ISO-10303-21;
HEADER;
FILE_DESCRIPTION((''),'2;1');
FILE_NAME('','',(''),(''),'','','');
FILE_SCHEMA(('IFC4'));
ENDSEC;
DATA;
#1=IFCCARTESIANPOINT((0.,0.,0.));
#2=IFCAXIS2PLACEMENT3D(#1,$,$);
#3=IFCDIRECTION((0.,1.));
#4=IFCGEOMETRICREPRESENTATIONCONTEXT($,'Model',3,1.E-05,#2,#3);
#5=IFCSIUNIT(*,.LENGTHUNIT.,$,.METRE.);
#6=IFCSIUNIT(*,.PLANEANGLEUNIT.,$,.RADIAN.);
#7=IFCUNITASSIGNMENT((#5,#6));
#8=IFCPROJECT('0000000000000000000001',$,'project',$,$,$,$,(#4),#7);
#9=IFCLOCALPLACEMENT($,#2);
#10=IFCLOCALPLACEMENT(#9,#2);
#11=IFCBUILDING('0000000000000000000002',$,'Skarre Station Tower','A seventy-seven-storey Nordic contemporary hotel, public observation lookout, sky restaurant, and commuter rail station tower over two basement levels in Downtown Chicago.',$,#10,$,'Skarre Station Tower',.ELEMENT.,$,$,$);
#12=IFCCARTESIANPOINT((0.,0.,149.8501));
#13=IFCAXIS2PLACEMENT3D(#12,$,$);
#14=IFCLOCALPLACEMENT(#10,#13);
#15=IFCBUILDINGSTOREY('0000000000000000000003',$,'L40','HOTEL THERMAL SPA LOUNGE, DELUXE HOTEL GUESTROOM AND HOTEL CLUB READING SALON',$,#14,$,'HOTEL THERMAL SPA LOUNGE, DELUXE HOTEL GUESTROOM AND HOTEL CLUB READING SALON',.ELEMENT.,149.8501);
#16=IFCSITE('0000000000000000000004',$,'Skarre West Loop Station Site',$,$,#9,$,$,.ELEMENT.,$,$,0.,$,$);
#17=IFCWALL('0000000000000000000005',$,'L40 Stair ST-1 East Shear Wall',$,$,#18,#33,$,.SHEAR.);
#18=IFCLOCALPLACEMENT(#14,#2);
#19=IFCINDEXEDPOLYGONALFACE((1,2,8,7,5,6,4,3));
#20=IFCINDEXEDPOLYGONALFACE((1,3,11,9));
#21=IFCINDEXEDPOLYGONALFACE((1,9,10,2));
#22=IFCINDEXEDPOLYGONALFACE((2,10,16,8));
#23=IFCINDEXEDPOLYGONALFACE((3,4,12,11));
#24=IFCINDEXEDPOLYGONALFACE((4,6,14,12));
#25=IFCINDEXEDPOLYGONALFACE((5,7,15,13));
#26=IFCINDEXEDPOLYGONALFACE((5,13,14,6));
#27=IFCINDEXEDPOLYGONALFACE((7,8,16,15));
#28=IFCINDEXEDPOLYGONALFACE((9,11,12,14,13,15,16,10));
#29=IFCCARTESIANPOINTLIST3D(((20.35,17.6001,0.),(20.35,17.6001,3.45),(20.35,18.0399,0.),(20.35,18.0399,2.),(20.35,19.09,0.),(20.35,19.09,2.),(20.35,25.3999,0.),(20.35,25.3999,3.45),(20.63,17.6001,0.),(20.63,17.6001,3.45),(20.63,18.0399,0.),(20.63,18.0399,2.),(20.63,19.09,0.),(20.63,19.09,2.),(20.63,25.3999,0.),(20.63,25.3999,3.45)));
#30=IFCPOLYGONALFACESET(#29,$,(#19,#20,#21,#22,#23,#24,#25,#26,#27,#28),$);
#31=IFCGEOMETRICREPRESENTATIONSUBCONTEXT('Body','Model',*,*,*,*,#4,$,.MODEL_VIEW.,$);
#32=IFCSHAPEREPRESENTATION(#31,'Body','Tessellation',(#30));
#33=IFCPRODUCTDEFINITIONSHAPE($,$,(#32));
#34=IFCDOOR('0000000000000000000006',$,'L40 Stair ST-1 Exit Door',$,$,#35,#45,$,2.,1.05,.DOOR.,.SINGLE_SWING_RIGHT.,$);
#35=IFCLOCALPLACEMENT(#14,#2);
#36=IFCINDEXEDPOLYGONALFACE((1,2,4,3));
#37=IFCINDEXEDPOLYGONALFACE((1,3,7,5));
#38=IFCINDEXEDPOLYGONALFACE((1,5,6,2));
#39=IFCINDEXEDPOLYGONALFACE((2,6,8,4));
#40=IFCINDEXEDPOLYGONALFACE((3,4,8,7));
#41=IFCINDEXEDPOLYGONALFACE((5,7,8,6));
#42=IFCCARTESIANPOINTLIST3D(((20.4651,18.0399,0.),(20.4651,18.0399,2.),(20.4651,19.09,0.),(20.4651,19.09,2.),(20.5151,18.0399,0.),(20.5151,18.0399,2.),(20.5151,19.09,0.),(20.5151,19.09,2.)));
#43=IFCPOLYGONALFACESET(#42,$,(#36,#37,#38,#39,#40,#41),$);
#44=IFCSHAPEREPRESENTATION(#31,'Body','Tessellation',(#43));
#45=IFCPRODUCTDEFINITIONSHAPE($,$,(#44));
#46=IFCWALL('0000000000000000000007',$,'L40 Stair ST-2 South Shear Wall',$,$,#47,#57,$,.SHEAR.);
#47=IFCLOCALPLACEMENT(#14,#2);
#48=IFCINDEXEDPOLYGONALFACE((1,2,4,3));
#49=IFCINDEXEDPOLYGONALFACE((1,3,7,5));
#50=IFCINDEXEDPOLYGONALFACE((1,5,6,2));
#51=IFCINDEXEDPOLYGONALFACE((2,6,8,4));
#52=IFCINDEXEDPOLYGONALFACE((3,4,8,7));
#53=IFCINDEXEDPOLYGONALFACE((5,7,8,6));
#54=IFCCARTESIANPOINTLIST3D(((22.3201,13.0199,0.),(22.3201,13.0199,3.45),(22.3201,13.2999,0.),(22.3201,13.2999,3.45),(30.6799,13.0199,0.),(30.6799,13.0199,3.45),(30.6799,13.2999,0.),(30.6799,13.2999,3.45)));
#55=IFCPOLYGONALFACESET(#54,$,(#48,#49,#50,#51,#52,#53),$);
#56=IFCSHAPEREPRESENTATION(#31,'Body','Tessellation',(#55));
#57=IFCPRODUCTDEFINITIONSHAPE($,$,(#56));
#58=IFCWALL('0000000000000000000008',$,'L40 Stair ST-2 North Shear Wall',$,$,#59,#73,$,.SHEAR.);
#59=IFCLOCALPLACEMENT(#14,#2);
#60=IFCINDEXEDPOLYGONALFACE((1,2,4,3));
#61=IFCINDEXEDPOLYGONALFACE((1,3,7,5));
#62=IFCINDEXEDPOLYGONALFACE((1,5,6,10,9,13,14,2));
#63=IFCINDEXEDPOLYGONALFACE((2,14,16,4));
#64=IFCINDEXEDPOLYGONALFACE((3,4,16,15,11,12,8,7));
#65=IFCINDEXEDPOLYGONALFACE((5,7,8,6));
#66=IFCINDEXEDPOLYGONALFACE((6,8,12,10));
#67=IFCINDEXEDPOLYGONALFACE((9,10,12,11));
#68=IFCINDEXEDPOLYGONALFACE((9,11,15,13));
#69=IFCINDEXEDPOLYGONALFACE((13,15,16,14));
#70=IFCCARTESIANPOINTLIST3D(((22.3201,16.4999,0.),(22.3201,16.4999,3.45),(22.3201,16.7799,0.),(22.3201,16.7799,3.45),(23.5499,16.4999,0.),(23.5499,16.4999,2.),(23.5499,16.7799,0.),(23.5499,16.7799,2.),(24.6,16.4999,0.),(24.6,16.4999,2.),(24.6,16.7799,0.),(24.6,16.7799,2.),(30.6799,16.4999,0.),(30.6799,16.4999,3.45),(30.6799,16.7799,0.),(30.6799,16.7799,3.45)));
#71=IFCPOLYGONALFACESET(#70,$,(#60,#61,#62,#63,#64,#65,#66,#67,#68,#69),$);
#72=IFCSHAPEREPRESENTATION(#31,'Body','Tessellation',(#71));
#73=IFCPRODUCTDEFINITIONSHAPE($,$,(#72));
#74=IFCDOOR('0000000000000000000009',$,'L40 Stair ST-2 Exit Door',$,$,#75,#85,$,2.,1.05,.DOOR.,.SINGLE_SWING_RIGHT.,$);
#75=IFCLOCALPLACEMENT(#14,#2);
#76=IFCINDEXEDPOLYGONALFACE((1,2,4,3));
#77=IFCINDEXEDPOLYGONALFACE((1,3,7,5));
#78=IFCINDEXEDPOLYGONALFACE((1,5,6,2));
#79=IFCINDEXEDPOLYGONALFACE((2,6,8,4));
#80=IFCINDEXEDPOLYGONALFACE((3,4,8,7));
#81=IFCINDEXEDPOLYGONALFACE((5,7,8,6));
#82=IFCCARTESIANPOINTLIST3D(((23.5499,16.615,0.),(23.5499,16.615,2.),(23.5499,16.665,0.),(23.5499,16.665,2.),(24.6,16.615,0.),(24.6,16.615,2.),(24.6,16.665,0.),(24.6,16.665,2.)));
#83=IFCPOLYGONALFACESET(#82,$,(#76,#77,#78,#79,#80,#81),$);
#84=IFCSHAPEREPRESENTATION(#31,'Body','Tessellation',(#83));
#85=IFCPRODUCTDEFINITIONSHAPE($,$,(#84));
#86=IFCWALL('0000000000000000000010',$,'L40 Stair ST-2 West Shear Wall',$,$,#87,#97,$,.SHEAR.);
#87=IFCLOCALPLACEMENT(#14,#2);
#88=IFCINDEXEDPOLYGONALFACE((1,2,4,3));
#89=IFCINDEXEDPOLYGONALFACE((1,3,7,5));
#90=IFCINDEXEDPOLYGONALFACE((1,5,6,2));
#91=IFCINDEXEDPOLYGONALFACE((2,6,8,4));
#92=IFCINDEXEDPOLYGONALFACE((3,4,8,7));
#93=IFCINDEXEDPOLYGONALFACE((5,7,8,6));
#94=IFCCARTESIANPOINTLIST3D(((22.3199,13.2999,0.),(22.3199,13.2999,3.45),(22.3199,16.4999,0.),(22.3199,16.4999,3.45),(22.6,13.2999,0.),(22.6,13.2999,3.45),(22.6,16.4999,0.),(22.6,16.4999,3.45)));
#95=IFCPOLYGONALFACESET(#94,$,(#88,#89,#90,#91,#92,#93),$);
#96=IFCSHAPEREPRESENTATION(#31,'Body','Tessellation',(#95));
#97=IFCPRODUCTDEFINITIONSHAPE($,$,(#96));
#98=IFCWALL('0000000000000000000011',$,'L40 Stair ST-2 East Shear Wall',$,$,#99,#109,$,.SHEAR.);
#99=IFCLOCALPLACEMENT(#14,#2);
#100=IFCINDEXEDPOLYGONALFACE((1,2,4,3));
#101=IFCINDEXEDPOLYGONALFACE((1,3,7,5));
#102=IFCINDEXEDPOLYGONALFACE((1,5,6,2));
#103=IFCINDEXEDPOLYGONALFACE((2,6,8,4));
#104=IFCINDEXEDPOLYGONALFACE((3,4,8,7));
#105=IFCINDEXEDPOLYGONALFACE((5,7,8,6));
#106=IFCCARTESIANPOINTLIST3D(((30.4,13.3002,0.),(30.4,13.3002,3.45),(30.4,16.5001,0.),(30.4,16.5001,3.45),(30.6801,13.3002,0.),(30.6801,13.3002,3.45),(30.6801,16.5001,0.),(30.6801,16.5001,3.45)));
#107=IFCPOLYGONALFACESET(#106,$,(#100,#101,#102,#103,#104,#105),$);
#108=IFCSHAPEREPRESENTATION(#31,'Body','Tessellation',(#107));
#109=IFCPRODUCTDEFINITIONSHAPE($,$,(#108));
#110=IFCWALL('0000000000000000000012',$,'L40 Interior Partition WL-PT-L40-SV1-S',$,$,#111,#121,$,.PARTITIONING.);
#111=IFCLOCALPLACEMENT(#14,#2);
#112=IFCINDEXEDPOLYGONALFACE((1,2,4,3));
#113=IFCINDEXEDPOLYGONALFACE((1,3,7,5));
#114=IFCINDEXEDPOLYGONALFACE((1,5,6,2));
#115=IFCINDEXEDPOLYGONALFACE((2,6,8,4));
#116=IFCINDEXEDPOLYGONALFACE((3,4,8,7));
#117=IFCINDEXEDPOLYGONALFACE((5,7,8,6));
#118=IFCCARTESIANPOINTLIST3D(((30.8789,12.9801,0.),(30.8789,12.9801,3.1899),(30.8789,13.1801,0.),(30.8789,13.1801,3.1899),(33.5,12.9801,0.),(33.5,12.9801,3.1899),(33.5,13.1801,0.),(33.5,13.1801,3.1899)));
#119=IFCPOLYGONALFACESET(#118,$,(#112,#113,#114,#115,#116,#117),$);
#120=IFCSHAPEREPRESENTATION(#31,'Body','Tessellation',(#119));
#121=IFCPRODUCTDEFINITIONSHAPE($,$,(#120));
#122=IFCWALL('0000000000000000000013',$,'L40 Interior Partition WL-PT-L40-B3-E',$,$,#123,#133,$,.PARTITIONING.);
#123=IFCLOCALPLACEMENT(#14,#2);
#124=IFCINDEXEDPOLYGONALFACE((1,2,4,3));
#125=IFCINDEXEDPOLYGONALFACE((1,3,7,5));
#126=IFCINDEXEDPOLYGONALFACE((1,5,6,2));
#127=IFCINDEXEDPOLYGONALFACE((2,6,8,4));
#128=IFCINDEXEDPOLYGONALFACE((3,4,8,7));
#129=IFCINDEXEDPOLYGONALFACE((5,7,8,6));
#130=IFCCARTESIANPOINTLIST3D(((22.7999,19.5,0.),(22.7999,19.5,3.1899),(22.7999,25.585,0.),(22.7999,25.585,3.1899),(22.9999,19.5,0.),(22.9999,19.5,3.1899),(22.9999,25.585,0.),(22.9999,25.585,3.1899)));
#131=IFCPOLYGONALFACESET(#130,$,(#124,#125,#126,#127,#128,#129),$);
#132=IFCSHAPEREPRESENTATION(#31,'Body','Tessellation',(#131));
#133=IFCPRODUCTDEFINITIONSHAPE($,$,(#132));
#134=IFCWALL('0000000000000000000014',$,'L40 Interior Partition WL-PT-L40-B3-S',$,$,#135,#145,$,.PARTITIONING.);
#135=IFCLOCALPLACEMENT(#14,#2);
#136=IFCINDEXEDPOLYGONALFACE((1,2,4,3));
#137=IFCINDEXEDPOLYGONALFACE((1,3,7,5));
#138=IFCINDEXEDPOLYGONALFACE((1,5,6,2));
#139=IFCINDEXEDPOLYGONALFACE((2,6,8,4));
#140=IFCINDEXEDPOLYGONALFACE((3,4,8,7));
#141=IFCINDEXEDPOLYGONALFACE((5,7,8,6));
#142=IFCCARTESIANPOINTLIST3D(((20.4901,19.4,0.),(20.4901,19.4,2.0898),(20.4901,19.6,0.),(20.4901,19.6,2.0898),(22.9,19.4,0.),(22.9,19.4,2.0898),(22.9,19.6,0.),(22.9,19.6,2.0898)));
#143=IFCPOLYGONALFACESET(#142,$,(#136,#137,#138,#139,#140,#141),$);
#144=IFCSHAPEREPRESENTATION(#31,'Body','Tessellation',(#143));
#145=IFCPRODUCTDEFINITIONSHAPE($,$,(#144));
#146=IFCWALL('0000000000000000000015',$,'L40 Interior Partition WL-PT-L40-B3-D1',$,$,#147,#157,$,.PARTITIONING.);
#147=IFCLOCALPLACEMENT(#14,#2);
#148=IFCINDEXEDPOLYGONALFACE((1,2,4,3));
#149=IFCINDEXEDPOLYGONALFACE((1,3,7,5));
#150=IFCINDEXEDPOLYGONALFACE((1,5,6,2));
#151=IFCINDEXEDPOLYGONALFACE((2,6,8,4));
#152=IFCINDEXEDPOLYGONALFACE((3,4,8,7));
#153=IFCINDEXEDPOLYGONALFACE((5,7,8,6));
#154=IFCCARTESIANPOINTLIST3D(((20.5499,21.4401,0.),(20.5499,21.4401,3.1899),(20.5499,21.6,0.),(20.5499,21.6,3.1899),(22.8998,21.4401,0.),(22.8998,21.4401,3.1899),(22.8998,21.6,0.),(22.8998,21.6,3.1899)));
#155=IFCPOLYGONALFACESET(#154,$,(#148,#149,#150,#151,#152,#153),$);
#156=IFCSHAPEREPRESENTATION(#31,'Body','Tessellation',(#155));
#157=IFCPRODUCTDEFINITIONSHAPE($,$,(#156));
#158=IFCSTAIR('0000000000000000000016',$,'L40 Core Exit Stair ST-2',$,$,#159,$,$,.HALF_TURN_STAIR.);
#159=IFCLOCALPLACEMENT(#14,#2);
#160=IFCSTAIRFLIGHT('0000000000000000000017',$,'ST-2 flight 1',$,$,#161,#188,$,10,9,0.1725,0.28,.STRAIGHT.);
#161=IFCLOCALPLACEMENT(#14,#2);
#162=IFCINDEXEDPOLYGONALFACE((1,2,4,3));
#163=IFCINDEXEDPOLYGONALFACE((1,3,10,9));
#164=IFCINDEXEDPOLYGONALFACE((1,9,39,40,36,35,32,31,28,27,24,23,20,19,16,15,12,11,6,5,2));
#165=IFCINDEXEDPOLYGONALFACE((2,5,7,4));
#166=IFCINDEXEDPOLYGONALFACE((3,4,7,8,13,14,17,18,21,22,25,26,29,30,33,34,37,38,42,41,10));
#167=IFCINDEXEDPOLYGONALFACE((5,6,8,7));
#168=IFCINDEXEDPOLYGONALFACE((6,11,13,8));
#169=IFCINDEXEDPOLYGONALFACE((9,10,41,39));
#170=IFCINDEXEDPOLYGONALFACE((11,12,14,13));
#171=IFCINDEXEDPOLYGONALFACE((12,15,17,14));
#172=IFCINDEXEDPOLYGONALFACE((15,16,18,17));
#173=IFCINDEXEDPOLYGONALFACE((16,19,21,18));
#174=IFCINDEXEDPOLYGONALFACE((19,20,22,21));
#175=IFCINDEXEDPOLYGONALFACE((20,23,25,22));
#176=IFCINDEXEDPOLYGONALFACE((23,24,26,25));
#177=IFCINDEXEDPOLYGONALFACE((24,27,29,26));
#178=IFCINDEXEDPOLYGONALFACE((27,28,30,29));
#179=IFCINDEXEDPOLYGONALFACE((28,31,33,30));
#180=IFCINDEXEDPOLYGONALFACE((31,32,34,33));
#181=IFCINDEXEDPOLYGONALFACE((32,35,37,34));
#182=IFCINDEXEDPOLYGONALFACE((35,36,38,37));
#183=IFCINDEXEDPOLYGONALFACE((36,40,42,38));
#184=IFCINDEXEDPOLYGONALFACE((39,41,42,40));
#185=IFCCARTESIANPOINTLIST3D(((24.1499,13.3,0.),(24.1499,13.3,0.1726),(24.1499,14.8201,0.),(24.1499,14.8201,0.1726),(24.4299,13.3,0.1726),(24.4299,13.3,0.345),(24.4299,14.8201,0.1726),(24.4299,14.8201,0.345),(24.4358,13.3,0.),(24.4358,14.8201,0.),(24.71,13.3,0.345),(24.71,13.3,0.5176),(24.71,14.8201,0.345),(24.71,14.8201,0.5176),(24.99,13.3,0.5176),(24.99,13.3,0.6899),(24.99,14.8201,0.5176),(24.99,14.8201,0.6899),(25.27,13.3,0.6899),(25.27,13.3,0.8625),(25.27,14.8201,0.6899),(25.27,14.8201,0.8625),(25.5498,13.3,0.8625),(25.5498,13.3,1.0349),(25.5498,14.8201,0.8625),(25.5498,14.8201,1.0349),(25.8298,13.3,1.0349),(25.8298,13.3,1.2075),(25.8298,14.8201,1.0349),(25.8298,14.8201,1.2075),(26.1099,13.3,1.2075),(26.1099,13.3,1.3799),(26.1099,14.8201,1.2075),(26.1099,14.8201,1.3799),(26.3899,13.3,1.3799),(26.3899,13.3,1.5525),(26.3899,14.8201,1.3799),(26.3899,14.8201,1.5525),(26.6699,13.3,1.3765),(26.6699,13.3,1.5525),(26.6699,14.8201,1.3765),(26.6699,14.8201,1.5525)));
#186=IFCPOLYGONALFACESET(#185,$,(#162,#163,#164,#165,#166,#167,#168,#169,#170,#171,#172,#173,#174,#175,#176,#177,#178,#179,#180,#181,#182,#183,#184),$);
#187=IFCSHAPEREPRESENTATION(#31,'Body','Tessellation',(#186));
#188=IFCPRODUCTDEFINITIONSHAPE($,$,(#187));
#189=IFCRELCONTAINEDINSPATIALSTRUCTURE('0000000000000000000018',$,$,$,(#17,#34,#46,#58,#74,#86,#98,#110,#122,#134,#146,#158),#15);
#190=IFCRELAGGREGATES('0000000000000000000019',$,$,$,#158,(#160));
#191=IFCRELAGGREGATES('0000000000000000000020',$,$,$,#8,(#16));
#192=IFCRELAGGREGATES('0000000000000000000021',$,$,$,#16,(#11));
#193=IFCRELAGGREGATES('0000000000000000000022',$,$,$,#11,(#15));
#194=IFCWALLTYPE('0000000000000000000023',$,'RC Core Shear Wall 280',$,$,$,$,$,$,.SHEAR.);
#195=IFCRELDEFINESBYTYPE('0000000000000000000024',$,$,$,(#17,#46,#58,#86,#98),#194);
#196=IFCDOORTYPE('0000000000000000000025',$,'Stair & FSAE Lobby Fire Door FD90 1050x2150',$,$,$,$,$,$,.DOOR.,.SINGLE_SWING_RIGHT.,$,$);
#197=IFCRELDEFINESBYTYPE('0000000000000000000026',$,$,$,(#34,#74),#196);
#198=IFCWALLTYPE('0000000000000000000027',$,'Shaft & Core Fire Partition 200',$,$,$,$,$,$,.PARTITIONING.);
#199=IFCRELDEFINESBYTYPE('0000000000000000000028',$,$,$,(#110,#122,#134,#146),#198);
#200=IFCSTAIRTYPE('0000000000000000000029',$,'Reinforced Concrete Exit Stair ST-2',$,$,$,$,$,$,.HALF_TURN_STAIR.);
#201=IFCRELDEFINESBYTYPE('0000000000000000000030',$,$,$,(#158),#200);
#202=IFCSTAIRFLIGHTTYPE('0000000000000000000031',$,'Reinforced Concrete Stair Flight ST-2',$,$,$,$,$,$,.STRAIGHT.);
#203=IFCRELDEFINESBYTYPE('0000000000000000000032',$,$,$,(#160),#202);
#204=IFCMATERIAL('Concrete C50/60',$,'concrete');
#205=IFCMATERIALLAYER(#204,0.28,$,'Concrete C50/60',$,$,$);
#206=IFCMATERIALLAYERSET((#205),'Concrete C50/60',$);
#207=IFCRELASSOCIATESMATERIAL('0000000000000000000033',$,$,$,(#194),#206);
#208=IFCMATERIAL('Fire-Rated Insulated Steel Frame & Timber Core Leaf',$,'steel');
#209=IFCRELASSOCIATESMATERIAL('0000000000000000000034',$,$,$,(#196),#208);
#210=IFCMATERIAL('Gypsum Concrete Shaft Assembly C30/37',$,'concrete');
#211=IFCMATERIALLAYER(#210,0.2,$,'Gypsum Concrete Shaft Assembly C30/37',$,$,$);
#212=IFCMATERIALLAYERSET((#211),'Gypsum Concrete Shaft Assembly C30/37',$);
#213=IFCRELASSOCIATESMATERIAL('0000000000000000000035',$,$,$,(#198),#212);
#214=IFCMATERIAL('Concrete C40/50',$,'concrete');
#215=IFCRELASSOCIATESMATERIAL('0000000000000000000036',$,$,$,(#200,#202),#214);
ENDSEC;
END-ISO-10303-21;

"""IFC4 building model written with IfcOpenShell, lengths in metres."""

from ifc_helpers import new_model, si_unit, direction, frame, frame_2d, origin, place, context, subcontext, project, spatial, polyline, rectangle, outline, extrude, material, layer, layer_set, type_object, element, fill, aggregate, save


model = new_model("IFC4")

# Units and contexts
model_context = context("Model", 3, precision=1e-05, world=origin(), true_north=direction((0.0, 1.0)))
body_context = subcontext(model_context, "Body", "Model", "MODEL_VIEW")
ifc_project = project(units=[si_unit("LENGTHUNIT", "METRE"), si_unit("PLANEANGLEUNIT", "RADIAN")], contexts=[model_context])

# Site, building, storey
site_placement = place(None, origin())
site = spatial("IfcSite", under=ifc_project, at=site_placement, Name="Skarre West Loop Station Site", CompositionType="ELEMENT", RefElevation=0.0)
building_placement = place(site_placement, origin())
building = spatial("IfcBuilding", under=site, at=building_placement, Name="Skarre Station Tower", Description="A seventy-seven-storey Nordic contemporary hotel, public observation lookout, sky restaurant, and commuter rail station tower over two basement levels in Downtown Chicago.", LongName="Skarre Station Tower", CompositionType="ELEMENT")
storey_placement = place(building_placement, frame((0.0, 0.0, 149.8501)))
storey = spatial("IfcBuildingStorey", under=building, at=storey_placement, Name="L40", Description="HOTEL THERMAL SPA LOUNGE, DELUXE HOTEL GUESTROOM AND HOTEL CLUB READING SALON", LongName="HOTEL THERMAL SPA LOUNGE, DELUXE HOTEL GUESTROOM AND HOTEL CLUB READING SALON", CompositionType="ELEMENT", Elevation=149.8501)

# Wall, opening, door
ifc_material_1 = material(Name="Concrete C50/60", Category="concrete")
ifc_layer_1 = layer(ifc_material_1, 0.28, Name="Concrete C50/60")
ifc_layer_set_1 = layer_set([ifc_layer_1], Name="Concrete C50/60")
wall_type_1 = type_object("IfcWallType", Name="RC Core Shear Wall 280", PredefinedType="SHEAR", material=ifc_layer_set_1)
wall_1_placement = place(storey_placement, frame((20.49, 17.6001, 0.0), z_axis=(0.0, 0.0, 1.0), x_axis=(0.0, 1.0, 0.0)))
wall_1 = element("IfcWall", 1, at=wall_1_placement, inside=storey, type_object=wall_type_1, Name="L40 Stair ST-1 East Shear Wall", PredefinedType="SHEAR", context=body_context, shape_type="SweptSolid", body=[
    extrude(rectangle(XDim=7.7998, YDim=0.28, at=frame_2d((3.8999, 0.0))), origin(), (0.0, 0.0, 1.0), 3.45),
])
opening_1_placement = place(wall_1_placement, frame((0.4399, 0.0, 0.0)))
opening_1 = element("IfcOpeningElement", 2, at=opening_1_placement, cuts=wall_1, PredefinedType="OPENING", context=body_context, shape_type="SweptSolid", body=[
    extrude(rectangle(XDim=1.05, YDim=2.0, at=frame_2d((0.5249, 1.0))), frame((0.0, 0.1499, 0.0), z_axis=(0.0, -1.0, 0.0), x_axis=(1.0, 0.0, 0.0)), (0.0, 0.0, 1.0), 0.3),
])
ifc_material_2 = material(Name="Fire-Rated Insulated Steel Frame & Timber Core Leaf", Category="steel")
door_type_1 = type_object("IfcDoorType", Name="Stair & FSAE Lobby Fire Door FD90 1050x2150", OperationType="SINGLE_SWING_RIGHT", PredefinedType="DOOR", material=ifc_material_2)
door_1_placement = place(opening_1_placement, origin())
door_1 = element("IfcDoor", 3, at=door_1_placement, inside=storey, type_object=door_type_1, Name="L40 Stair ST-1 Exit Door", OperationType="SINGLE_SWING_RIGHT", OverallHeight=2.0, OverallWidth=1.05, PredefinedType="DOOR", context=body_context, shape_type="SweptSolid", body=[
    extrude(rectangle(XDim=1.05, YDim=2.0, at=frame_2d((0.5249, 1.0))), frame((0.0, 0.0249, 0.0), z_axis=(0.0, -1.0, 0.0), x_axis=(1.0, 0.0, 0.0)), (0.0, 0.0, 1.0), 0.05),
])
fill(opening_1, door_1)

# Wall
wall_2_placement = place(storey_placement, frame((22.3201, 13.1599, 0.0), z_axis=(0.0, 0.0, 1.0), x_axis=(1.0, 0.0, 0.0)))
element("IfcWall", 4, at=wall_2_placement, inside=storey, type_object=wall_type_1, Name="L40 Stair ST-2 South Shear Wall", PredefinedType="SHEAR", context=body_context, shape_type="SweptSolid", body=[
    extrude(rectangle(XDim=8.3599, YDim=0.28, at=frame_2d((4.1799, 0.0))), origin(), (0.0, 0.0, 1.0), 3.45),
])

# Wall, opening, door
wall_3_placement = place(storey_placement, frame((30.6799, 16.6399, 0.0), z_axis=(0.0, 0.0, 1.0), x_axis=(-1.0, 0.0, 0.0)))
wall_3 = element("IfcWall", 5, at=wall_3_placement, inside=storey, type_object=wall_type_1, Name="L40 Stair ST-2 North Shear Wall", PredefinedType="SHEAR", context=body_context, shape_type="SweptSolid", body=[
    extrude(rectangle(XDim=8.3599, YDim=0.28, at=frame_2d((4.1799, 0.0))), origin(), (0.0, 0.0, 1.0), 3.45),
])
opening_2_placement = place(wall_3_placement, frame((6.0801, 0.0, 0.0)))
opening_2 = element("IfcOpeningElement", 6, at=opening_2_placement, cuts=wall_3, PredefinedType="OPENING", context=body_context, shape_type="SweptSolid", body=[
    extrude(rectangle(XDim=1.05, YDim=2.0, at=frame_2d((0.5249, 1.0))), frame((0.0, 0.1499, 0.0), z_axis=(0.0, -1.0, 0.0), x_axis=(1.0, 0.0, 0.0)), (0.0, 0.0, 1.0), 0.3),
])
door_2_placement = place(opening_2_placement, origin())
door_2 = element("IfcDoor", 7, at=door_2_placement, inside=storey, type_object=door_type_1, Name="L40 Stair ST-2 Exit Door", OperationType="SINGLE_SWING_RIGHT", OverallHeight=2.0, OverallWidth=1.05, PredefinedType="DOOR", context=body_context, shape_type="SweptSolid", body=[
    extrude(rectangle(XDim=1.05, YDim=2.0, at=frame_2d((0.5249, 1.0))), frame((0.0, 0.0249, 0.0), z_axis=(0.0, -1.0, 0.0), x_axis=(1.0, 0.0, 0.0)), (0.0, 0.0, 1.0), 0.05),
])
fill(opening_2, door_2)

# Walls
for number, where, z_axis, x_axis, name in (
    (8, (22.46, 16.5, 0.0), (0.0, 0.0, 1.0), (0.0, -1.0, 0.0), "L40 Stair ST-2 West Shear Wall"),
    (9, (30.54, 13.3, 0.0), (0.0, 0.0, 1.0), (0.0, 1.0, 0.0), "L40 Stair ST-2 East Shear Wall"),
):
    element("IfcWall", number, at=place(storey_placement, frame(where, z_axis=z_axis, x_axis=x_axis)), inside=storey, type_object=wall_type_1, Name=name, PredefinedType="SHEAR", context=body_context, shape_type="SweptSolid", body=[
        extrude(rectangle(XDim=3.2, YDim=0.28, at=frame_2d((1.6001, 0.0))), origin(), (0.0, 0.0, 1.0), 3.45),
    ])
ifc_material_3 = material(Name="Gypsum Concrete Shaft Assembly C30/37", Category="concrete")
ifc_layer_2 = layer(ifc_material_3, 0.2, Name="Gypsum Concrete Shaft Assembly C30/37")
ifc_layer_set_2 = layer_set([ifc_layer_2], Name="Gypsum Concrete Shaft Assembly C30/37")
wall_type_2 = type_object("IfcWallType", Name="Shaft & Core Fire Partition 200", PredefinedType="PARTITIONING", material=ifc_layer_set_2)
wall_4_placement = place(storey_placement, frame((30.8789, 13.0801, 0.0), z_axis=(0.0, 0.0, 1.0), x_axis=(1.0, 0.0, 0.0)))
element("IfcWall", 10, at=wall_4_placement, inside=storey, type_object=wall_type_2, Name="L40 Interior Partition WL-PT-L40-SV1-S", PredefinedType="PARTITIONING", context=body_context, shape_type="SweptSolid", body=[
    extrude(rectangle(XDim=2.6211, YDim=0.2, at=frame_2d((1.3105, 0.0))), origin(), (0.0, 0.0, 1.0), 3.1899),
])
wall_5_placement = place(storey_placement, frame((22.8999, 19.5, 0.0), z_axis=(0.0, 0.0, 1.0), x_axis=(0.0, 1.0, 0.0)))
element("IfcWall", 11, at=wall_5_placement, inside=storey, type_object=wall_type_2, Name="L40 Interior Partition WL-PT-L40-B3-E", PredefinedType="PARTITIONING", context=body_context, shape_type="SweptSolid", body=[
    extrude(rectangle(XDim=6.085, YDim=0.2, at=frame_2d((3.0425, 0.0))), origin(), (0.0, 0.0, 1.0), 3.1899),
])
wall_6_placement = place(storey_placement, frame((20.49, 19.5, 0.0), z_axis=(0.0, 0.0, 1.0), x_axis=(1.0, 0.0, 0.0)))
element("IfcWall", 12, at=wall_6_placement, inside=storey, type_object=wall_type_2, Name="L40 Interior Partition WL-PT-L40-B3-S", PredefinedType="PARTITIONING", context=body_context, shape_type="SweptSolid", body=[
    extrude(rectangle(XDim=2.4099, YDim=0.2, at=frame_2d((1.2051, 0.0))), origin(), (0.0, 0.0, 1.0), 2.0898),
])
wall_7_placement = place(storey_placement, frame((20.55, 21.52, 0.0), z_axis=(0.0, 0.0, 1.0), x_axis=(1.0, 0.0, 0.0)))
element("IfcWall", 13, at=wall_7_placement, inside=storey, type_object=wall_type_2, Name="L40 Interior Partition WL-PT-L40-B3-D1", PredefinedType="PARTITIONING", context=body_context, shape_type="SweptSolid", body=[
    extrude(rectangle(XDim=2.3499, YDim=0.1599, at=frame_2d((1.1748, 0.0))), origin(), (0.0, 0.0, 1.0), 3.1899),
])

# Stair, stair flight
ifc_material_4 = material(Name="Concrete C40/50", Category="concrete")
stair_type = type_object("IfcStairType", Name="Reinforced Concrete Exit Stair ST-2", PredefinedType="HALF_TURN_STAIR", material=ifc_material_4)
stair_placement = place(storey_placement, origin())
stair = element("IfcStair", 14, at=stair_placement, inside=storey, type_object=stair_type, Name="L40 Core Exit Stair ST-2", PredefinedType="HALF_TURN_STAIR")
stair_flight_type = type_object("IfcStairFlightType", Name="Reinforced Concrete Stair Flight ST-2", PredefinedType="STRAIGHT", material=ifc_material_4)
stair_flight_1_placement = place(storey_placement, frame((24.1499, 14.0601, 0.0), z_axis=(0.0, 0.0, 1.0), x_axis=(1.0, 0.0, 0.0)))
stair_flight_1 = element("IfcStairFlight", 15, at=stair_flight_1_placement, type_object=stair_flight_type, Name="ST-2 flight 1", NumberOfRisers=10, NumberOfTreads=9, PredefinedType="STRAIGHT", RiserHeight=0.1725, TreadLength=0.28, context=body_context, shape_type="SweptSolid", body=[
    extrude(outline(polyline([(0.0, 0.0), (0.0, 0.1726), (0.28, 0.1726), (0.28, 0.345), (0.5601, 0.345), (0.5601, 0.5176), (0.8401, 0.5176), (0.8401, 0.6899), (1.1201, 0.6899), (1.1201, 0.8625), (1.3999, 0.8625), (1.3999, 1.0349), (1.6799, 1.0349), (1.6799, 1.2075), (1.96, 1.2075), (1.96, 1.3799), (2.24, 1.3799), (2.24, 1.5525), (2.52, 1.5525), (2.52, 1.7251), (2.52, 1.3765), (0.2859, 0.0), (0.0, 0.0)])), frame((0.0, 0.76, 0.0), z_axis=(0.0, -1.0, 0.0), x_axis=(1.0, 0.0, 0.0)), (0.0, 0.0, 1.0), 1.52),
])
aggregate(stair, [stair_flight_1])

save(model, "model.ifc")
